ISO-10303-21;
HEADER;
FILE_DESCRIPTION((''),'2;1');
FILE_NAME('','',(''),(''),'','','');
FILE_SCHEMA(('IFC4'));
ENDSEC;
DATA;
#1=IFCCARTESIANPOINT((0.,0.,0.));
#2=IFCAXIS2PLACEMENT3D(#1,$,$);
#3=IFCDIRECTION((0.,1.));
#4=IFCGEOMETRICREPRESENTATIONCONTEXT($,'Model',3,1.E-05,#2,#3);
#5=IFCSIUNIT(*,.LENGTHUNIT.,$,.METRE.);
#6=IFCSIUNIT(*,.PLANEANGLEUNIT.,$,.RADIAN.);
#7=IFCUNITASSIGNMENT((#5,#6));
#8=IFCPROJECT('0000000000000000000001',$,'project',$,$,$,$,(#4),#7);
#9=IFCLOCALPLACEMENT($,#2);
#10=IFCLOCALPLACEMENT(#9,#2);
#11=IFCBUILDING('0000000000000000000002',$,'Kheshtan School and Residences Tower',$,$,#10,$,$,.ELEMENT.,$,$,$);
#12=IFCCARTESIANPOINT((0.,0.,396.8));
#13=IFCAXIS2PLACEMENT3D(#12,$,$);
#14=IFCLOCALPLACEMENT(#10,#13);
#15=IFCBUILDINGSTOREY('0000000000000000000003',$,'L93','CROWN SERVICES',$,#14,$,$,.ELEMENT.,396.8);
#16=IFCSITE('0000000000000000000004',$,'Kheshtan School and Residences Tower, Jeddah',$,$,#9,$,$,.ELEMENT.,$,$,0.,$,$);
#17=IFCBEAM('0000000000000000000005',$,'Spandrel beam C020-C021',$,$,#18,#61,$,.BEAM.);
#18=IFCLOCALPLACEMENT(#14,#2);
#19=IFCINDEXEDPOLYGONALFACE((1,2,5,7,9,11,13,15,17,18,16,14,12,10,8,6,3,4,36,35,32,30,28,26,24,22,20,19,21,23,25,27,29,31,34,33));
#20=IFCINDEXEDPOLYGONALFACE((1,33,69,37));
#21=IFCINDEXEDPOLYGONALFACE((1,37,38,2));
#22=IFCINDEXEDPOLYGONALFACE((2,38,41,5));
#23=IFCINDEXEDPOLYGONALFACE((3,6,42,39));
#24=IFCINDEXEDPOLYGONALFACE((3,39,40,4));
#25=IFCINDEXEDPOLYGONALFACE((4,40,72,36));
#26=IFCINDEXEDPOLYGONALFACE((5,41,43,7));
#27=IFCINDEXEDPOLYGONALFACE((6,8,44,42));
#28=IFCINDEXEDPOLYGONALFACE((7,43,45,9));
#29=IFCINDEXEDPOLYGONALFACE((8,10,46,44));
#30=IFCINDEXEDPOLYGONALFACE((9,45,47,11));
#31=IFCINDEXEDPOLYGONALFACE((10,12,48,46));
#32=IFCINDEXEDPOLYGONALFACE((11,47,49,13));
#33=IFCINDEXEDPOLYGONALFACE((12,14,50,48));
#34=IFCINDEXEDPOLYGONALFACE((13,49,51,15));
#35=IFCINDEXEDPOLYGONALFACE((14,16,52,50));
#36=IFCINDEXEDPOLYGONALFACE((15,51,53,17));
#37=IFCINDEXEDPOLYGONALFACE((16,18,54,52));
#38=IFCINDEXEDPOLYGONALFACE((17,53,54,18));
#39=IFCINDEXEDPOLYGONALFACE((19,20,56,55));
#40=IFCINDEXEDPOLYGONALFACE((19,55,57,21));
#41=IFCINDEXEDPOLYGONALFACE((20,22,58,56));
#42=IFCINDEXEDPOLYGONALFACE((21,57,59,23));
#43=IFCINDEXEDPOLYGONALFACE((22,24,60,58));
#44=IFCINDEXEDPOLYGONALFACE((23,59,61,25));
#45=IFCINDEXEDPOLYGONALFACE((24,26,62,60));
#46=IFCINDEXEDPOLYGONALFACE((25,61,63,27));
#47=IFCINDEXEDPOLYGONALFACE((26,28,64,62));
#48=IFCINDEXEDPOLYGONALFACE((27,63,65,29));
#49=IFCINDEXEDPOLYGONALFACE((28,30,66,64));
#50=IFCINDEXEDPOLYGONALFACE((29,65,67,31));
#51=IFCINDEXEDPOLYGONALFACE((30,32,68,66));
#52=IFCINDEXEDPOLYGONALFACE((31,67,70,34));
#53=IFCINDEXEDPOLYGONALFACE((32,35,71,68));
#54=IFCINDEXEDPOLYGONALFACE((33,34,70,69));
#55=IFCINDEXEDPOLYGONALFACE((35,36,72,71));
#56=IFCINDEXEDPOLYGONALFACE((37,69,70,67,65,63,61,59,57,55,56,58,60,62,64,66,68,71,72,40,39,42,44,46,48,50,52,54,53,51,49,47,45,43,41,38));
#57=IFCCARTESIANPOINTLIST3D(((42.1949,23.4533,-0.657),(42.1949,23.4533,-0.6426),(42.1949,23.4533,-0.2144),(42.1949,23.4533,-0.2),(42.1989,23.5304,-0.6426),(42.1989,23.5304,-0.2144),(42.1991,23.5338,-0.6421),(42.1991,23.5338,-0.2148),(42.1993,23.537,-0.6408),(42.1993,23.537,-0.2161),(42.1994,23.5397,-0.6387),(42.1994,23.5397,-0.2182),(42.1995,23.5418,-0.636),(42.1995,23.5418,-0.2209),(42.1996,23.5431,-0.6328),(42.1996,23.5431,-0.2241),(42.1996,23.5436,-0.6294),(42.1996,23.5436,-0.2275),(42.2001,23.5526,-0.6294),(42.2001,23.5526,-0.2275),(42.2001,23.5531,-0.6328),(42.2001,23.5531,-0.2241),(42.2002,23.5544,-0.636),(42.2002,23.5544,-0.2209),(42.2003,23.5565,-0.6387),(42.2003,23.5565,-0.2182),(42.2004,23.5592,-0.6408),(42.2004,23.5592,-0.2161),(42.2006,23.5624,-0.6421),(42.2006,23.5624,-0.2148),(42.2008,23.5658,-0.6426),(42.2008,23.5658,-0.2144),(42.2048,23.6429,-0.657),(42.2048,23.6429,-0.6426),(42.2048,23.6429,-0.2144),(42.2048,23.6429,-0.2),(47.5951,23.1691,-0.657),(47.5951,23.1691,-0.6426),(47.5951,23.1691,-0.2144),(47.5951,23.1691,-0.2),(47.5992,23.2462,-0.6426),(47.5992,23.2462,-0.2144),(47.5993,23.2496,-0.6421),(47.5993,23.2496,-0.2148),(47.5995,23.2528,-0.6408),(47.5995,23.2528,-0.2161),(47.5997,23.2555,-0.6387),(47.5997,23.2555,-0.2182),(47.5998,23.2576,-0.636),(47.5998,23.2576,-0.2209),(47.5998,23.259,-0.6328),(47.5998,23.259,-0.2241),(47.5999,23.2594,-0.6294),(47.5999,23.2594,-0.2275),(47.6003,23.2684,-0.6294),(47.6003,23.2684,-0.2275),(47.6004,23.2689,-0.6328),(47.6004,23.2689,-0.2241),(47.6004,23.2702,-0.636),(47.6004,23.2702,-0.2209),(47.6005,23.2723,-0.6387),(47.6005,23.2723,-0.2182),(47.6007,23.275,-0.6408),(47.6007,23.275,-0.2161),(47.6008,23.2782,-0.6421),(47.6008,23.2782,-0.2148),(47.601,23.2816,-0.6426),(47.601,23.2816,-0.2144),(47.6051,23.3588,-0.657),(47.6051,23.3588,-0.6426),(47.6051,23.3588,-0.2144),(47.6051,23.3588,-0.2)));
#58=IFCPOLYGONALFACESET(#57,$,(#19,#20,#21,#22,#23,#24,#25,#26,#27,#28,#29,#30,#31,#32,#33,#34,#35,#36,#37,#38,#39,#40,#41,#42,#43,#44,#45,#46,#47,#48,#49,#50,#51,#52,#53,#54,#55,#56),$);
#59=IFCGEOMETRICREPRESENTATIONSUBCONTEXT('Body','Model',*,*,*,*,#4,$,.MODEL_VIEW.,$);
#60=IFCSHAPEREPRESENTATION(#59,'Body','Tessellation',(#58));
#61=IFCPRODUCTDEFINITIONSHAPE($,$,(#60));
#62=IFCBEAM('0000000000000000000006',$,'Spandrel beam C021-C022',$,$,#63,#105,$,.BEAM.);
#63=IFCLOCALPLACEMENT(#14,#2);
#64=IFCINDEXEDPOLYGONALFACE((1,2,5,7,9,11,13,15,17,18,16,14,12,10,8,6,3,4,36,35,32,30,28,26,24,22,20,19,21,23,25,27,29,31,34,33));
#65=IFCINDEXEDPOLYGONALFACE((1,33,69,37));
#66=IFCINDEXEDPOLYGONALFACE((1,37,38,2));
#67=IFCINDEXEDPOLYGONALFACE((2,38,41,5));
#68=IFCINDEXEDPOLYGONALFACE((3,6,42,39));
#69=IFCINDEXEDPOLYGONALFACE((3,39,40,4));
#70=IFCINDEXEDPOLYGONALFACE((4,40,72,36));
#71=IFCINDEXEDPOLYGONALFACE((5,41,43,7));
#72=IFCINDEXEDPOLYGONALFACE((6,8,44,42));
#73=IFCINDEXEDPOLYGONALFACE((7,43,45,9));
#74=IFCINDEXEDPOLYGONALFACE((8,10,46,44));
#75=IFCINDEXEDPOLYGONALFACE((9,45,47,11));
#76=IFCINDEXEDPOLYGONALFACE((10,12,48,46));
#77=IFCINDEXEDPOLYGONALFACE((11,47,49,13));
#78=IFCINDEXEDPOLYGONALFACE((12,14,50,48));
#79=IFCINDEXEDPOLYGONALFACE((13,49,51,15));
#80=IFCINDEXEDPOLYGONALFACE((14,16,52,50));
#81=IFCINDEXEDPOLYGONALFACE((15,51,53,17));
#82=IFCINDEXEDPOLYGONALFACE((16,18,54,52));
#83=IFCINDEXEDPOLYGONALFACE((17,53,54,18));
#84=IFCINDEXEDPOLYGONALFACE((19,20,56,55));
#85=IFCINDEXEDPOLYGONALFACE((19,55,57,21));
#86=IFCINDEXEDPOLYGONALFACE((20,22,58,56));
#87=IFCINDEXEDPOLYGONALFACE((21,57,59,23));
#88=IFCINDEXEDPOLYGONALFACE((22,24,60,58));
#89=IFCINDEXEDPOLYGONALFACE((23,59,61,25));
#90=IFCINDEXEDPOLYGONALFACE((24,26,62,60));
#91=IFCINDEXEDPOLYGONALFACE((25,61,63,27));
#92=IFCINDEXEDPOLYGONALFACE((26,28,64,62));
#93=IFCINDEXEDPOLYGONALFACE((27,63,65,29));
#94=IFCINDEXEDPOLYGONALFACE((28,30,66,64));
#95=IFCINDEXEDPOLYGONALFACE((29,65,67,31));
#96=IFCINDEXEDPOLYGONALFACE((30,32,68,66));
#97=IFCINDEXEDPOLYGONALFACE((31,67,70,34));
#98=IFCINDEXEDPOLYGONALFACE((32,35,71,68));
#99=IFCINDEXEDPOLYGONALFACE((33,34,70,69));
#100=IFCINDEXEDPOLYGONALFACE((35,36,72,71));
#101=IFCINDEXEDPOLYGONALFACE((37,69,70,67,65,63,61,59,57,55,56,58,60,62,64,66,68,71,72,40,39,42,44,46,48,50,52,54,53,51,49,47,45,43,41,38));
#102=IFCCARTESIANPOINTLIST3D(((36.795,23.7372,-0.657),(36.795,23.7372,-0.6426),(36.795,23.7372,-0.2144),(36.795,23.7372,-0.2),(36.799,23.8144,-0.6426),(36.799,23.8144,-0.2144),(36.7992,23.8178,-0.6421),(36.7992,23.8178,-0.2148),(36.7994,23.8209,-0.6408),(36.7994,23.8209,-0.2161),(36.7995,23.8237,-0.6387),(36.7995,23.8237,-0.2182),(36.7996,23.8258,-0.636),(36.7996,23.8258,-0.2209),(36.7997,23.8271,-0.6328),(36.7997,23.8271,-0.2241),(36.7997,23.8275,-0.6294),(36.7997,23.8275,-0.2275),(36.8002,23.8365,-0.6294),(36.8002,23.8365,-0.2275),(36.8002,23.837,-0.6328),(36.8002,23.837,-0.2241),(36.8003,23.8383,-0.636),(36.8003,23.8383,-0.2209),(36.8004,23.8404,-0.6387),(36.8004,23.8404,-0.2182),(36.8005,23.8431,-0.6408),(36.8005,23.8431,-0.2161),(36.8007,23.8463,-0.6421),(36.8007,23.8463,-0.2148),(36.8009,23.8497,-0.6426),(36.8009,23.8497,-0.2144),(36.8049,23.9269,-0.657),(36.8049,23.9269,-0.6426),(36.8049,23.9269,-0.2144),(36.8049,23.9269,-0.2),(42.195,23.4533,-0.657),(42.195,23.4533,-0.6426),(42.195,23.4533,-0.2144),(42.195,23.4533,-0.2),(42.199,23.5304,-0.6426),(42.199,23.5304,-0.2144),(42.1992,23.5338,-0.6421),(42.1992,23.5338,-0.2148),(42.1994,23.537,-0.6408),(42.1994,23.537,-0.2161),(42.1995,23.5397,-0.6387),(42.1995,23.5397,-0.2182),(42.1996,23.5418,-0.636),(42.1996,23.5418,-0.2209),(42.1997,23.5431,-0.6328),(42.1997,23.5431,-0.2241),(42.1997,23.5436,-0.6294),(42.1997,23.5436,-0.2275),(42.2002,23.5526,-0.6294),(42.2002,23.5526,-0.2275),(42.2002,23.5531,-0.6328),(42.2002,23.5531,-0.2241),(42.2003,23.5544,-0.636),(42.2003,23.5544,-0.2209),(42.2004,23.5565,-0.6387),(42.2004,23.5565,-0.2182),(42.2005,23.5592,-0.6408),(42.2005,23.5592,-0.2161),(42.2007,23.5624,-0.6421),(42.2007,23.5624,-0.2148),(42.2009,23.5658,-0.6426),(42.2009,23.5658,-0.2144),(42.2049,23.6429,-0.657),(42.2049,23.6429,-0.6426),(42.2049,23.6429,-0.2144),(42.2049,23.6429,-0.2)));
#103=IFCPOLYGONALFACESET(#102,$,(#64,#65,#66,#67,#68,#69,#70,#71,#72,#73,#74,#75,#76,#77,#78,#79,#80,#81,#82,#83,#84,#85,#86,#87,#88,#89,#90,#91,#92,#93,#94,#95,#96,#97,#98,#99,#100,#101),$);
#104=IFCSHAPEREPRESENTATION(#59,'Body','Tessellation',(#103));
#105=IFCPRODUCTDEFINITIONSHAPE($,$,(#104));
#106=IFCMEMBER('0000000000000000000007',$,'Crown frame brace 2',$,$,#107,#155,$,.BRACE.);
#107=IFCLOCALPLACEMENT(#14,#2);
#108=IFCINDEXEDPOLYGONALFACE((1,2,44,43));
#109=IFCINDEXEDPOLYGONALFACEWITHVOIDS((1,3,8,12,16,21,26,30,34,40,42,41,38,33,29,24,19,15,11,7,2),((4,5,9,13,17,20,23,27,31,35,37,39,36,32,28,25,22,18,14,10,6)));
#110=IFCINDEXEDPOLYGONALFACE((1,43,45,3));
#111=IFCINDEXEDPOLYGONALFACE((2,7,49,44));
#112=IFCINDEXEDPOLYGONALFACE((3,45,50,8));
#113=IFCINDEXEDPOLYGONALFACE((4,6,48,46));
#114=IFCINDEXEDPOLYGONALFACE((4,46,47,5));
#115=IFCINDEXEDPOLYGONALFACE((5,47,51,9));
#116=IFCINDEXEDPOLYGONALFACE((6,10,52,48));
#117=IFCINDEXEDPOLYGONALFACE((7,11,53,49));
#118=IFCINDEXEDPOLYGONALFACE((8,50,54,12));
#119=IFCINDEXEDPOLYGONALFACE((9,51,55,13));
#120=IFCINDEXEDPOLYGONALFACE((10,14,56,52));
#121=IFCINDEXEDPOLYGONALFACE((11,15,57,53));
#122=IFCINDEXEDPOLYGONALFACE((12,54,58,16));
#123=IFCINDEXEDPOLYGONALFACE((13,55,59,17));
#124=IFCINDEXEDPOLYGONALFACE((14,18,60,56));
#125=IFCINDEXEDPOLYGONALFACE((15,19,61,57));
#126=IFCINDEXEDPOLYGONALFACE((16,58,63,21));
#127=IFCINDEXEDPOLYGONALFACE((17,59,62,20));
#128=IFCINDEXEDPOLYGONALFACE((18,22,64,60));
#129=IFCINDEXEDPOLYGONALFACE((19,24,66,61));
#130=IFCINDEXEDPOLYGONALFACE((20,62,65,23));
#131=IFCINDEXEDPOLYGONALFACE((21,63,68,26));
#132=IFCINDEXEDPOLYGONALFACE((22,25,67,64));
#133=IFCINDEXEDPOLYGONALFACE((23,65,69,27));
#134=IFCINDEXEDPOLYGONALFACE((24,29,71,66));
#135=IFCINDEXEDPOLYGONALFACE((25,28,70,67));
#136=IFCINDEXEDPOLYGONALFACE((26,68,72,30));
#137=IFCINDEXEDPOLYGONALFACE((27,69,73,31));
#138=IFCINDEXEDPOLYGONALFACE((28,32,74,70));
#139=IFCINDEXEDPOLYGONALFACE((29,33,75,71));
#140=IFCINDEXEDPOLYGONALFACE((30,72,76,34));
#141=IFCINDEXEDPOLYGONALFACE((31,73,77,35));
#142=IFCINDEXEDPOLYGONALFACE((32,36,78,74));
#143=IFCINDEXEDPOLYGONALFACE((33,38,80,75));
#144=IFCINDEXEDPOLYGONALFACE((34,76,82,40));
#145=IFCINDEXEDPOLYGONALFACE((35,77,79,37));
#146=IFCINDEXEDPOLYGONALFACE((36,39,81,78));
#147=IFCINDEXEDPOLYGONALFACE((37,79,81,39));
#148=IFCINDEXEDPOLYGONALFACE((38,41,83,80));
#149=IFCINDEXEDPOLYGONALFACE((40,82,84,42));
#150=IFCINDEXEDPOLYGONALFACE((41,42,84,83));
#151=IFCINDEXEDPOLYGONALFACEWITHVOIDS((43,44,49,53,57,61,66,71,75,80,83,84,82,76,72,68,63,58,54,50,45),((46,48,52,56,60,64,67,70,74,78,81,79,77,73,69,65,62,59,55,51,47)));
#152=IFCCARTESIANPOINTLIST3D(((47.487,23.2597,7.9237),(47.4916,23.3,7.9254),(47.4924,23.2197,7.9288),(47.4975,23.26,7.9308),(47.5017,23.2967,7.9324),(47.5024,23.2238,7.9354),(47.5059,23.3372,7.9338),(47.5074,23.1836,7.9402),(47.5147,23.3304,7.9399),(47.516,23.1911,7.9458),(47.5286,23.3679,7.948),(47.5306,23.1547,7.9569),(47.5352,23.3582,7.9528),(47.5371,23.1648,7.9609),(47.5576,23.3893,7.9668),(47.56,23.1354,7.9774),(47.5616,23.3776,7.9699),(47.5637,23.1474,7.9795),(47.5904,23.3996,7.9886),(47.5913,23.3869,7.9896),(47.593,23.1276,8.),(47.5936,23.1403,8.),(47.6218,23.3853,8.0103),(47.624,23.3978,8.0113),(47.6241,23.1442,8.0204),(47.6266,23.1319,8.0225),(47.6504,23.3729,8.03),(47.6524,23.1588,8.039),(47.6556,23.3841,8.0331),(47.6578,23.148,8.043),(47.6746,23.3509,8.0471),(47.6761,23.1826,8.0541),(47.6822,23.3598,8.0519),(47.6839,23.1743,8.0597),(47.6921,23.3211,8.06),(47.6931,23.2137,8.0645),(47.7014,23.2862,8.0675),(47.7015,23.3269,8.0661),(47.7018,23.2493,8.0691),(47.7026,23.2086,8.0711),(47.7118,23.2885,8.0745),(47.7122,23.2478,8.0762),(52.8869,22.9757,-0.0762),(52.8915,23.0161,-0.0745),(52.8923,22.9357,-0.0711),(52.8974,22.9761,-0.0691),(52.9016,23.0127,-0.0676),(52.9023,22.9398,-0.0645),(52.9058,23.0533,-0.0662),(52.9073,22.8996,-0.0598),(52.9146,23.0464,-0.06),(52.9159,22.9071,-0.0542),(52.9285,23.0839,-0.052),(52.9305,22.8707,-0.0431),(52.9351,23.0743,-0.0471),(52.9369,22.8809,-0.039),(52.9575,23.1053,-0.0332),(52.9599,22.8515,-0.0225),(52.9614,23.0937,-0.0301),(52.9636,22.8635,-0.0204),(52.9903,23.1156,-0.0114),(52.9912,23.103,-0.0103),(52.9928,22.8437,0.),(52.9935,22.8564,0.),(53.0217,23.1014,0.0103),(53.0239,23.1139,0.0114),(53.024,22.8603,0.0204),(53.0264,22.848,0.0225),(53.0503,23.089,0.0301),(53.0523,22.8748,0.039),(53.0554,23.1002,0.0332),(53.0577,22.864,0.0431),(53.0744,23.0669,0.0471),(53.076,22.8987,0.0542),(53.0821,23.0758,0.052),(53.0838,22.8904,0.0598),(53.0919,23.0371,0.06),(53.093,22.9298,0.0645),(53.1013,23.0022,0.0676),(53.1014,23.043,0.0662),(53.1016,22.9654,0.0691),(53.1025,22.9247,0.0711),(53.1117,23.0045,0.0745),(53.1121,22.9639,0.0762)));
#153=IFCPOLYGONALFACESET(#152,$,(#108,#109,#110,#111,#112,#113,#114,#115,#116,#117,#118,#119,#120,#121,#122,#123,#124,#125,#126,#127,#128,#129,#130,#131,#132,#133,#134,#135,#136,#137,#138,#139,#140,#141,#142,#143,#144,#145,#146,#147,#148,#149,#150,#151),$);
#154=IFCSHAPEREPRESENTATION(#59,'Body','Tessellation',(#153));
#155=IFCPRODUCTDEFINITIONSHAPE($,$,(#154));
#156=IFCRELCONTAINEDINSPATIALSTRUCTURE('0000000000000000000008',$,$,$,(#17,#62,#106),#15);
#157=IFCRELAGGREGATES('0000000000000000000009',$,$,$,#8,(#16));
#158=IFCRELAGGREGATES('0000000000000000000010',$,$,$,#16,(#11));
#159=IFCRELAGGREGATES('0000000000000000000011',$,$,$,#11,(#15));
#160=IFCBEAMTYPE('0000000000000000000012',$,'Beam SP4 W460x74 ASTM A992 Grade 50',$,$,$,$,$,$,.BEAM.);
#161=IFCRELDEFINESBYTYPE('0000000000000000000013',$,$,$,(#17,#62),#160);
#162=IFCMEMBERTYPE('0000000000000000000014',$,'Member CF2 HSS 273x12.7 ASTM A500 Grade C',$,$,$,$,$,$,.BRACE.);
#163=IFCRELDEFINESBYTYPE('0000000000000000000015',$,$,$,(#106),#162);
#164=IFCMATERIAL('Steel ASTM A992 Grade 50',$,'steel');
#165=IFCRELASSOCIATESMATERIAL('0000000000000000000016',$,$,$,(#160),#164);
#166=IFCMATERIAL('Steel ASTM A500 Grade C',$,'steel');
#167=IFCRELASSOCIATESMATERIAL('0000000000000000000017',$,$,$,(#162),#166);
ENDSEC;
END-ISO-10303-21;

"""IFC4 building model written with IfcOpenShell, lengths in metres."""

from ifc_helpers import new_model, si_unit, direction, frame, origin, origin_2d, place, context, subcontext, project, spatial, hollow_circle, i_section, extrude, material, material_profile, profile_set, type_object, element, save


model = new_model("IFC4")

# Units and contexts
model_context = context("Model", 3, precision=1e-05, world=origin(), true_north=direction((0.0, 1.0)))
body_context = subcontext(model_context, "Body", "Model", "MODEL_VIEW")
ifc_project = project(units=[si_unit("LENGTHUNIT", "METRE"), si_unit("PLANEANGLEUNIT", "RADIAN")], contexts=[model_context])

# Site, building, storey
site_placement = place(None, origin())
site = spatial("IfcSite", under=ifc_project, at=site_placement, Name="Kheshtan School and Residences Tower, Jeddah", CompositionType="ELEMENT", RefElevation=0.0)
building_placement = place(site_placement, origin())
building = spatial("IfcBuilding", under=site, at=building_placement, Name="Kheshtan School and Residences Tower", CompositionType="ELEMENT")
storey_placement = place(building_placement, frame((0.0, 0.0, 396.8)))
storey = spatial("IfcBuildingStorey", under=building, at=storey_placement, Name="L93", Description="CROWN SERVICES", CompositionType="ELEMENT", Elevation=396.8)

# Shared definitions
ifc_material_1 = material(Name="Steel ASTM A500 Grade C", Category="steel")

# Beams
ifc_material_2 = material(Name="Steel ASTM A992 Grade 50", Category="steel")
ifc_material_profile_1 = material_profile(ifc_material_2, i_section(OverallWidth=0.1899, OverallDepth=0.457, WebThickness=0.009, FlangeThickness=0.0144, FilletRadius=0.0132, at=origin_2d()), Name="W460x74")
ifc_profile_set_1 = profile_set([ifc_material_profile_1], Name="Steel ASTM A992 Grade 50")
beam_type = type_object("IfcBeamType", Name="Beam SP4 W460x74 ASTM A992 Grade 50", PredefinedType="BEAM", material=ifc_profile_set_1)
beam_1_placement = place(storey_placement, frame((47.6001, 23.2639, -0.4285), z_axis=(-0.998618, 0.052552, 0.0), x_axis=(-0.052552, -0.998618, 0.0)))
element("IfcBeam", 1, at=beam_1_placement, inside=storey, type_object=beam_type, Name="Spandrel beam C020-C021", PredefinedType="BEAM", context=body_context, shape_type="SweptSolid", body=[
    extrude(i_section(OverallWidth=0.1899, OverallDepth=0.457, WebThickness=0.009, FlangeThickness=0.0144, FilletRadius=0.0132, at=origin_2d()), origin(), (0.0, 0.0, 1.0), 5.4077),
])
beam_2_placement = place(storey_placement, frame((42.2, 23.5481, -0.4285), z_axis=(-0.99862, 0.052509, 0.0), x_axis=(-0.052509, -0.99862, 0.0)))
element("IfcBeam", 2, at=beam_2_placement, inside=storey, type_object=beam_type, Name="Spandrel beam C021-C022", PredefinedType="BEAM", context=body_context, shape_type="SweptSolid", body=[
    extrude(i_section(OverallWidth=0.1899, OverallDepth=0.457, WebThickness=0.009, FlangeThickness=0.0144, FilletRadius=0.0132, at=origin_2d()), origin(), (0.0, 0.0, 1.0), 5.4075),
])

# Member
ifc_material_profile_2 = material_profile(ifc_material_1, hollow_circle(Radius=0.1365, WallThickness=0.0127, at=origin_2d()), Name="HSS 273x12.7")
ifc_profile_set_2 = profile_set([ifc_material_profile_2], Name="Steel ASTM A500 Grade C")
member_type = type_object("IfcMemberType", Name="Member CF2 HSS 273x12.7 ASTM A500 Grade C", PredefinedType="BRACE", material=ifc_profile_set_2)
for number, where, z_axis, x_axis, name in (
    (3, (53.0, 22.98, 0.0), (-0.559224, 0.029405, 0.828495), (-0.052509, -0.99862, 0.0), "Crown frame brace 2"),
):
    element("IfcMember", number, at=place(storey_placement, frame(where, z_axis=z_axis, x_axis=x_axis)), inside=storey, type_object=member_type, Name=name, PredefinedType="BRACE", context=body_context, shape_type="SweptSolid", body=[
        extrude(hollow_circle(Radius=0.1365, WallThickness=0.0127, at=origin_2d()), origin(), (0.0, 0.0, 1.0), 9.656),
    ])

save(model, "model.ifc")
